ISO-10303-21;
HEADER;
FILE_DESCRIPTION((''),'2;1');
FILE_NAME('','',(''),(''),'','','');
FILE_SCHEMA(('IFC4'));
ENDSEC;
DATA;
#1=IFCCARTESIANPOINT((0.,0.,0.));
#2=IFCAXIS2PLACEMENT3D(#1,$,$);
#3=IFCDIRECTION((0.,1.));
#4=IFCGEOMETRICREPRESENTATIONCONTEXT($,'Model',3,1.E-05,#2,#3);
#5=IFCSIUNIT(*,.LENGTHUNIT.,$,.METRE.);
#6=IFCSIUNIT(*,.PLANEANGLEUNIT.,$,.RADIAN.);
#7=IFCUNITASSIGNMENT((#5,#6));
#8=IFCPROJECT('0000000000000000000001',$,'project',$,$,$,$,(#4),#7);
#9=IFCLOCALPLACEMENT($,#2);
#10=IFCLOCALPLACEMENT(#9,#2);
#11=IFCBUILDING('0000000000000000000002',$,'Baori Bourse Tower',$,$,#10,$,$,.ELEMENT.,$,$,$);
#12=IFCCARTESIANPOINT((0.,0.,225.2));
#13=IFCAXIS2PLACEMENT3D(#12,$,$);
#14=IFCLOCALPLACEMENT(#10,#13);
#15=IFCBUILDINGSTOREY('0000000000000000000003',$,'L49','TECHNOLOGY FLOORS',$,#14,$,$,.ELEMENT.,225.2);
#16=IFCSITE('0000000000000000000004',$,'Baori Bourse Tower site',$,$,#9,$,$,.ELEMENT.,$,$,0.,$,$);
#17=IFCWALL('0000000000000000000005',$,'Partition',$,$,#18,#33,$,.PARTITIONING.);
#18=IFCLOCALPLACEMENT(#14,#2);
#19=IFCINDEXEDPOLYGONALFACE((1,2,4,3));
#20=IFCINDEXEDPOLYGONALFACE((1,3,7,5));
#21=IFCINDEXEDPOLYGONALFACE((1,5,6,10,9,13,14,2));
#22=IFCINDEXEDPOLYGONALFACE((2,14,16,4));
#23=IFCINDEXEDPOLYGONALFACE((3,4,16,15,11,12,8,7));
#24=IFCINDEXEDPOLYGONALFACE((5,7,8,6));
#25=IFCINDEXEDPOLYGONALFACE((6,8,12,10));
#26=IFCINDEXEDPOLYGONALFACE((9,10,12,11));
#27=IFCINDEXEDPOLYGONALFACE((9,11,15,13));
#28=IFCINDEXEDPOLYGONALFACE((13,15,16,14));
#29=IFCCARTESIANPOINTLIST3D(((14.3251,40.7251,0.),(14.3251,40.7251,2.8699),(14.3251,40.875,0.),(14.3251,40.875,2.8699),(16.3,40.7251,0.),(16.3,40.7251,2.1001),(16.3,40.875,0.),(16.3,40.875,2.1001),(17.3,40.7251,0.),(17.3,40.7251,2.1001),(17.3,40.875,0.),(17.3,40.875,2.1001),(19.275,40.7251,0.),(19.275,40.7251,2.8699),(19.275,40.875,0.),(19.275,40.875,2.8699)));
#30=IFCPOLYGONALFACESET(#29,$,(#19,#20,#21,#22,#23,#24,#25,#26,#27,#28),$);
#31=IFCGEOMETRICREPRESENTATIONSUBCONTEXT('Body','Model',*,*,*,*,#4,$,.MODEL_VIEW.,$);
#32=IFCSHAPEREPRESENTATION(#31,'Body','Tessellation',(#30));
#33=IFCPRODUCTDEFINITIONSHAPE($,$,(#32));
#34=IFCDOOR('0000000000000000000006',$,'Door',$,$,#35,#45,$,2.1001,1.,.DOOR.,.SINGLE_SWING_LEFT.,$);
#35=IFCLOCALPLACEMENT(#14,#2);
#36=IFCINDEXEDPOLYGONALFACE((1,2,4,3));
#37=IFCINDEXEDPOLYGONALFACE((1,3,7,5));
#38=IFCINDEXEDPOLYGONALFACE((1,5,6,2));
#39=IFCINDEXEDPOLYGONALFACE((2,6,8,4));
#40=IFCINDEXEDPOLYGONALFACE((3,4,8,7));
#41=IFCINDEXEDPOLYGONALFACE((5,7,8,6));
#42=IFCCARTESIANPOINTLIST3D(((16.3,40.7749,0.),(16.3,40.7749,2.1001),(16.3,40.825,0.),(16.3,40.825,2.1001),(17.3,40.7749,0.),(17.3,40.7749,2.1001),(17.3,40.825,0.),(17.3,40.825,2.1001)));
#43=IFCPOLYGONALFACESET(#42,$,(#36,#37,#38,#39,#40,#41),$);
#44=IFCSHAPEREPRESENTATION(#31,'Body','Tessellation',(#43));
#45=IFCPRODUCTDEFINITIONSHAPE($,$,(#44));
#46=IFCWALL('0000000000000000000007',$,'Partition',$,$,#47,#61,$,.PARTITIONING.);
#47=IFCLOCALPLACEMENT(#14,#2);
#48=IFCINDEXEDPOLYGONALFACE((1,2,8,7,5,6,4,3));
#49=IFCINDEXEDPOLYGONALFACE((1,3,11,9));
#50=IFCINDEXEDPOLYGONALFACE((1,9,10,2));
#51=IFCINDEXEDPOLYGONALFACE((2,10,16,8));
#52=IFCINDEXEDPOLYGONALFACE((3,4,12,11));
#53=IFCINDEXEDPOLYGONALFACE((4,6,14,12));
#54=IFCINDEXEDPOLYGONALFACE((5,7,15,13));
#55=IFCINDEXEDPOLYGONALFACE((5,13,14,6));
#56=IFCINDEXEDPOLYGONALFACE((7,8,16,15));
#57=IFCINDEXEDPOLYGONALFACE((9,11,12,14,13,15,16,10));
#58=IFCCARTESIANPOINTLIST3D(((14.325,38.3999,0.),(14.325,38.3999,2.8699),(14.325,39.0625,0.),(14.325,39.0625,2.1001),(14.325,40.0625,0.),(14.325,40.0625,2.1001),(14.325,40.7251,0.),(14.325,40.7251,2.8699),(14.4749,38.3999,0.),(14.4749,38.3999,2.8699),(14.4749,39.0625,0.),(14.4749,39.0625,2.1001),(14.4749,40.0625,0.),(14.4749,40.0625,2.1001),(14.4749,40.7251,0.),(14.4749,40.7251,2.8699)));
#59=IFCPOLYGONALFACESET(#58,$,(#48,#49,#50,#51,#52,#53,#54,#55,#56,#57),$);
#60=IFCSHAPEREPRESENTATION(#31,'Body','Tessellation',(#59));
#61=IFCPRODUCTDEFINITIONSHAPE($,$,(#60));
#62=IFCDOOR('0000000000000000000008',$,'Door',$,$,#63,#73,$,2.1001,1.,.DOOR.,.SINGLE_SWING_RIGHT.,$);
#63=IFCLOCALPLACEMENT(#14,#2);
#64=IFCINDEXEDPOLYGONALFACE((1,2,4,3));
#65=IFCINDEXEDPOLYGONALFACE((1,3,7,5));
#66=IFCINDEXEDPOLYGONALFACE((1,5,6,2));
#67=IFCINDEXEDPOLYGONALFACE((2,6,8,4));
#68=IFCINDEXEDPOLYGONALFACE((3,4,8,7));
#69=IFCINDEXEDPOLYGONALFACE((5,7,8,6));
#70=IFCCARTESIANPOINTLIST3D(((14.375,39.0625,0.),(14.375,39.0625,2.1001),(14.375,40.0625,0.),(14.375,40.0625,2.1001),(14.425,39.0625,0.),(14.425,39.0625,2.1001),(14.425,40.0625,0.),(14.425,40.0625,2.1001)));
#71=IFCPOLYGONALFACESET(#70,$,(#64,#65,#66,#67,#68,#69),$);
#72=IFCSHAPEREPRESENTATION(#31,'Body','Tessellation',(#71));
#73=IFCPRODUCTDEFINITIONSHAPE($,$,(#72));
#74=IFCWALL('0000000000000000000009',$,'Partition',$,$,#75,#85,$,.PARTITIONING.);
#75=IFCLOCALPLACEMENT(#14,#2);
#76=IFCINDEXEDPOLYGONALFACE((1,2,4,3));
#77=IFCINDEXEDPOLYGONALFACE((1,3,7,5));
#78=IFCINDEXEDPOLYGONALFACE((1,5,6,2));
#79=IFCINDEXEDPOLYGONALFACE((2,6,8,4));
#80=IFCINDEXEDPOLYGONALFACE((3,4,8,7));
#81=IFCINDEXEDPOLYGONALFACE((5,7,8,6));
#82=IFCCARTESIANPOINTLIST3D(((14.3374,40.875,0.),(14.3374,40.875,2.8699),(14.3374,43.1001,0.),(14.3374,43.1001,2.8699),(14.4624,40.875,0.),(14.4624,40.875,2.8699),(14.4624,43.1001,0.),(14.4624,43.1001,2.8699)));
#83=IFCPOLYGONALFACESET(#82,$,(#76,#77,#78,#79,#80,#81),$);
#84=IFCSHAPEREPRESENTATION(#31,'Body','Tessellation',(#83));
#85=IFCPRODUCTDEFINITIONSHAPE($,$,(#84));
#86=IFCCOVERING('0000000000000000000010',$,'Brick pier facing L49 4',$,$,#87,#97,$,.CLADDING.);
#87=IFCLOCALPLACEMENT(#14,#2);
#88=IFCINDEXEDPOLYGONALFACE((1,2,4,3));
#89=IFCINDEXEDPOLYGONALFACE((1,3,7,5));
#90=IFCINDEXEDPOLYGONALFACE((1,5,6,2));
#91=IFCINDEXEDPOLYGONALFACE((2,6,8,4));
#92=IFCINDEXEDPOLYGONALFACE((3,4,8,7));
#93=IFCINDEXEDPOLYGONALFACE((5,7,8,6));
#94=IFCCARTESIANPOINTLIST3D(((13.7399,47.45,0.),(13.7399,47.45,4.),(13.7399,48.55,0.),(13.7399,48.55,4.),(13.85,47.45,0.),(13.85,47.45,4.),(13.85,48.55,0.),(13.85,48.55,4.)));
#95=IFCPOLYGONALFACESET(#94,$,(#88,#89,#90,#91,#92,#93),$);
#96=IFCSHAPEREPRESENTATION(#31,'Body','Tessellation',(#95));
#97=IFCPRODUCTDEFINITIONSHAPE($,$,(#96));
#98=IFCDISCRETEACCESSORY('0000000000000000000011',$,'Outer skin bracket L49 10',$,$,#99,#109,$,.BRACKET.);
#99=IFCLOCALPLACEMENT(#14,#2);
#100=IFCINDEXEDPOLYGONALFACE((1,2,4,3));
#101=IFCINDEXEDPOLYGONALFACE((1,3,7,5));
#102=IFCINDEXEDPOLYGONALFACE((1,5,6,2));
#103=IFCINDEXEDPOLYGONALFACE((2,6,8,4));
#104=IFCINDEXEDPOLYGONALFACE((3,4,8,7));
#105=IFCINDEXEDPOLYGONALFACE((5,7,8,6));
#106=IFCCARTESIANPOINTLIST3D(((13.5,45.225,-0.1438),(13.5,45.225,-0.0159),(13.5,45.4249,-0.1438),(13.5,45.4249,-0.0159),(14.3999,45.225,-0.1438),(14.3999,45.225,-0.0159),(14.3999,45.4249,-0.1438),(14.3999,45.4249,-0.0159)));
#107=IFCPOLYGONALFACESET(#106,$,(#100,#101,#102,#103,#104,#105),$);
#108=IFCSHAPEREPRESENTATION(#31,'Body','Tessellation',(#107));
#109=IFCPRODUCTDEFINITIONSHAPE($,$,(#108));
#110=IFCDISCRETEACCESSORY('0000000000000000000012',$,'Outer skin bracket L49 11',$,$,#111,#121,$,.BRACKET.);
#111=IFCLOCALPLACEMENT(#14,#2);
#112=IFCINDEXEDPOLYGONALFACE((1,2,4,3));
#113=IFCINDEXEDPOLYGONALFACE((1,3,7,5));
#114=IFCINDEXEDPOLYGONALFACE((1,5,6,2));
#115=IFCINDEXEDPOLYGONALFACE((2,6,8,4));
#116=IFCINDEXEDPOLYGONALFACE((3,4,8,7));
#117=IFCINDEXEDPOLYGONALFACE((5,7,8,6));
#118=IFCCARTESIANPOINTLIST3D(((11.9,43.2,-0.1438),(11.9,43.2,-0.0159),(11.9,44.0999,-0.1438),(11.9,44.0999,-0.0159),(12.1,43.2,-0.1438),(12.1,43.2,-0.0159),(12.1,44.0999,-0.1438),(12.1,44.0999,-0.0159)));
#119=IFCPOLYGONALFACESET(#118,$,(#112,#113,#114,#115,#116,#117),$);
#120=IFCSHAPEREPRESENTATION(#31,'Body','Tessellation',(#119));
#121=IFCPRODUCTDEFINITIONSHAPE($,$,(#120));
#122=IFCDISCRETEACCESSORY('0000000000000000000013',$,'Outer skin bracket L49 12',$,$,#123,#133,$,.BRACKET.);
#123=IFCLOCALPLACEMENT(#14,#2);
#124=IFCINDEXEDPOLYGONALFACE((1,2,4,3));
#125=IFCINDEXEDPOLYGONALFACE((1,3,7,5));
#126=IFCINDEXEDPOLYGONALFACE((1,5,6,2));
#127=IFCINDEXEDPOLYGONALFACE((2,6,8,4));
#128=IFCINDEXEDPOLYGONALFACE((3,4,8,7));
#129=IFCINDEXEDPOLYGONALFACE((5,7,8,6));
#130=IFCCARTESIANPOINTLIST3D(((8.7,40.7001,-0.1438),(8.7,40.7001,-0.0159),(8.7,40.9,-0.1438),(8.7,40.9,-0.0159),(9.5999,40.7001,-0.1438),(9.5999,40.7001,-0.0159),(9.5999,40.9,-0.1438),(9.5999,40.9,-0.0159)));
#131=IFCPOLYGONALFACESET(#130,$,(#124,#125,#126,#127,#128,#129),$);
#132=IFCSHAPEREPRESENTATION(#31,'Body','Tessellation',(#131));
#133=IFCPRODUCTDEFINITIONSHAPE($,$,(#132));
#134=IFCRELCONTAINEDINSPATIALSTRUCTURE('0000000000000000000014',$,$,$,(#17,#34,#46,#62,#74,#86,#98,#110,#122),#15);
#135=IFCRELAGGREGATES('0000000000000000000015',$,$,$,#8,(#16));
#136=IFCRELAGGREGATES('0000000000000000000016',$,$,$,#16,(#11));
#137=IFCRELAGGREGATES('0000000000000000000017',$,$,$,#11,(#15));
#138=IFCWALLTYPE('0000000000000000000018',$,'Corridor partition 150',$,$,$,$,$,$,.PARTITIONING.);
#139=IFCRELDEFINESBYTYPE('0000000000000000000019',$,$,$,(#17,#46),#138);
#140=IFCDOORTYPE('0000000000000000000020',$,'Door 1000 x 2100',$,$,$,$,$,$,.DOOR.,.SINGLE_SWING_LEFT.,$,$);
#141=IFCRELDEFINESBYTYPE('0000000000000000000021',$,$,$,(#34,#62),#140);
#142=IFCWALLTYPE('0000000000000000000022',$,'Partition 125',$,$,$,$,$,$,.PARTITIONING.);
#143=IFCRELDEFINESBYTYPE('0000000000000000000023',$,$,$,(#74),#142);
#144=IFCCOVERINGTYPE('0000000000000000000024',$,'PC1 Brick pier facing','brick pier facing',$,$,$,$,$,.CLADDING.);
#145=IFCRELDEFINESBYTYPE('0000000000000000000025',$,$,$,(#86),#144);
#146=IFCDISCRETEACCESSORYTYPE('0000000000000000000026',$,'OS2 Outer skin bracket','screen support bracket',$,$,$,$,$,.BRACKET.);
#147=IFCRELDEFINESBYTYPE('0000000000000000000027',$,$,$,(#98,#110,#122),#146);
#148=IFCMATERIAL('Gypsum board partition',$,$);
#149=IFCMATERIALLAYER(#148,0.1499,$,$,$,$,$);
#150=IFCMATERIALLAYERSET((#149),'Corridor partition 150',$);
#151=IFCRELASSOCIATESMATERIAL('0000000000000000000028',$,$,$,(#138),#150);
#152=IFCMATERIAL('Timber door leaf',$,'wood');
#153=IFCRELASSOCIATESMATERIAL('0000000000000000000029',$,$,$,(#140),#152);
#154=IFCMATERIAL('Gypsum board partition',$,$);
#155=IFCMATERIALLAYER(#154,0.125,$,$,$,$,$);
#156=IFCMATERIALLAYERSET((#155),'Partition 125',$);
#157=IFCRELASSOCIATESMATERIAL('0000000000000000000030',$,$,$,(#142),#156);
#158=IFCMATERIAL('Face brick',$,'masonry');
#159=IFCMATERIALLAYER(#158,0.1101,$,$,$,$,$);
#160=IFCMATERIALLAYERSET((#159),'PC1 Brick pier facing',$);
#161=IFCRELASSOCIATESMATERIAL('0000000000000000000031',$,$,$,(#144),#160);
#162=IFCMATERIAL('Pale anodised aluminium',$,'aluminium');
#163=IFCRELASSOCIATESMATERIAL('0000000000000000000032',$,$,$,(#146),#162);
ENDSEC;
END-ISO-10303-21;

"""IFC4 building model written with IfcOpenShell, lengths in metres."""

from ifc_helpers import new_model, si_unit, direction, frame, frame_2d, origin, origin_2d, place, context, subcontext, project, spatial, rectangle, extrude, material, layer, layer_set, type_object, element, fill, save


model = new_model("IFC4")

# Units and contexts
model_context = context("Model", 3, precision=1e-05, world=origin(), true_north=direction((0.0, 1.0)))
body_context = subcontext(model_context, "Body", "Model", "MODEL_VIEW")
ifc_project = project(units=[si_unit("LENGTHUNIT", "METRE"), si_unit("PLANEANGLEUNIT", "RADIAN")], contexts=[model_context])

# Site, building, storey
site_placement = place(None, origin())
site = spatial("IfcSite", under=ifc_project, at=site_placement, Name="Baori Bourse Tower site", CompositionType="ELEMENT", RefElevation=0.0)
building_placement = place(site_placement, origin())
building = spatial("IfcBuilding", under=site, at=building_placement, Name="Baori Bourse Tower", CompositionType="ELEMENT")
storey_placement = place(building_placement, frame((0.0, 0.0, 225.2)))
storey = spatial("IfcBuildingStorey", under=building, at=storey_placement, Name="L49", Description="TECHNOLOGY FLOORS", CompositionType="ELEMENT", Elevation=225.2)

# Walls, openings, doors
ifc_material_1 = material(Name="Gypsum board partition")
ifc_layer_1 = layer(ifc_material_1, 0.1499)
ifc_layer_set_1 = layer_set([ifc_layer_1], Name="Corridor partition 150")
wall_type_1 = type_object("IfcWallType", Name="Corridor partition 150", PredefinedType="PARTITIONING", material=ifc_layer_set_1)
wall_1_placement = place(storey_placement, frame((14.325, 40.8, 0.0), z_axis=(0.0, 0.0, 1.0), x_axis=(1.0, 0.0, 0.0)))
wall_1 = element("IfcWall", 1, at=wall_1_placement, inside=storey, type_object=wall_type_1, Name="Partition", PredefinedType="PARTITIONING", context=body_context, shape_type="SweptSolid", body=[
    extrude(rectangle(XDim=4.95, YDim=0.1499, at=frame_2d((2.4751, 0.0))), origin(), (0.0, 0.0, 1.0), 2.8699),
])
opening_1_placement = place(wall_1_placement, frame((1.9751, 0.0, 0.0)))
opening_1 = element("IfcOpeningElement", 2, at=opening_1_placement, cuts=wall_1, PredefinedType="OPENING", context=body_context, shape_type="SweptSolid", body=[
    extrude(rectangle(XDim=1.0, YDim=2.1001, at=frame_2d((0.5, 1.05))), frame((0.0, 0.085, 0.0), z_axis=(0.0, -1.0, 0.0), x_axis=(1.0, 0.0, 0.0)), (0.0, 0.0, 1.0), 0.1699),
])
ifc_material_2 = material(Name="Timber door leaf", Category="wood")
door_type = type_object("IfcDoorType", Name="Door 1000 x 2100", OperationType="SINGLE_SWING_LEFT", PredefinedType="DOOR", material=ifc_material_2)
door_1_placement = place(opening_1_placement, origin())
door_1 = element("IfcDoor", 3, at=door_1_placement, inside=storey, type_object=door_type, Name="Door", OperationType="SINGLE_SWING_LEFT", OverallHeight=2.1001, OverallWidth=1.0, PredefinedType="DOOR", context=body_context, shape_type="SweptSolid", body=[
    extrude(rectangle(XDim=1.0, YDim=2.1001, at=frame_2d((0.5, 1.05))), frame((0.0, 0.0249, 0.0), z_axis=(0.0, -1.0, 0.0), x_axis=(1.0, 0.0, 0.0)), (0.0, 0.0, 1.0), 0.05),
])
fill(opening_1, door_1)
wall_2_placement = place(storey_placement, frame((14.3999, 38.3999, 0.0), z_axis=(0.0, 0.0, 1.0), x_axis=(0.0, 1.0, 0.0)))
wall_2 = element("IfcWall", 4, at=wall_2_placement, inside=storey, type_object=wall_type_1, Name="Partition", PredefinedType="PARTITIONING", context=body_context, shape_type="SweptSolid", body=[
    extrude(rectangle(XDim=2.3252, YDim=0.1499, at=frame_2d((1.1626, 0.0))), origin(), (0.0, 0.0, 1.0), 2.8699),
])
opening_2_placement = place(wall_2_placement, frame((0.6626, 0.0, 0.0)))
opening_2 = element("IfcOpeningElement", 5, at=opening_2_placement, cuts=wall_2, PredefinedType="OPENING", context=body_context, shape_type="SweptSolid", body=[
    extrude(rectangle(XDim=1.0, YDim=2.1001, at=frame_2d((0.5, 1.05))), frame((0.0, 0.085, 0.0), z_axis=(0.0, -1.0, 0.0), x_axis=(1.0, 0.0, 0.0)), (0.0, 0.0, 1.0), 0.1699),
])
door_2_placement = place(opening_2_placement, origin())
door_2 = element("IfcDoor", 6, at=door_2_placement, inside=storey, type_object=door_type, Name="Door", OperationType="SINGLE_SWING_RIGHT", OverallHeight=2.1001, OverallWidth=1.0, PredefinedType="DOOR", context=body_context, shape_type="SweptSolid", body=[
    extrude(rectangle(XDim=1.0, YDim=2.1001, at=frame_2d((0.5, 1.05))), frame((0.0, 0.0249, 0.0), z_axis=(0.0, -1.0, 0.0), x_axis=(1.0, 0.0, 0.0)), (0.0, 0.0, 1.0), 0.05),
])
fill(opening_2, door_2)

# Wall
ifc_material_3 = material(Name="Gypsum board partition")
ifc_layer_2 = layer(ifc_material_3, 0.125)
ifc_layer_set_2 = layer_set([ifc_layer_2], Name="Partition 125")
wall_type_2 = type_object("IfcWallType", Name="Partition 125", PredefinedType="PARTITIONING", material=ifc_layer_set_2)
wall_3_placement = place(storey_placement, frame((14.3999, 40.875, 0.0), z_axis=(0.0, 0.0, 1.0), x_axis=(0.0, 1.0, 0.0)))
element("IfcWall", 7, at=wall_3_placement, inside=storey, type_object=wall_type_2, Name="Partition", PredefinedType="PARTITIONING", context=body_context, shape_type="SweptSolid", body=[
    extrude(rectangle(XDim=2.2251, YDim=0.125, at=frame_2d((1.1125, 0.0))), origin(), (0.0, 0.0, 1.0), 2.8699),
])

# Covering
ifc_material_4 = material(Name="Face brick", Category="masonry")
ifc_layer_3 = layer(ifc_material_4, 0.1101)
ifc_layer_set_3 = layer_set([ifc_layer_3], Name="PC1 Brick pier facing")
covering_type = type_object("IfcCoveringType", Name="PC1 Brick pier facing", Description="brick pier facing", PredefinedType="CLADDING", material=ifc_layer_set_3)
covering_placement = place(storey_placement, frame((13.7949, 48.0, 0.0), z_axis=(0.0, 0.0, 1.0), x_axis=(1.0, 0.0, 0.0)))
element("IfcCovering", 8, at=covering_placement, inside=storey, type_object=covering_type, Name="Brick pier facing L49 4", PredefinedType="CLADDING", context=body_context, shape_type="SweptSolid", body=[
    extrude(rectangle(XDim=0.1101, YDim=1.1001, at=origin_2d()), origin(), (0.0, 0.0, 1.0), 4.0),
])

# Discrete accessories
ifc_material_5 = material(Name="Pale anodised aluminium", Category="aluminium")
discrete_accessory_type = type_object("IfcDiscreteAccessoryType", Name="OS2 Outer skin bracket", Description="screen support bracket", PredefinedType="BRACKET", material=ifc_material_5)
for number, where, z_axis, x_axis, name in (
    (9, (13.95, 45.325, -0.1438), (0.0, 0.0, 1.0), (0.0, -1.0, 0.0), "Outer skin bracket L49 10"),
    (10, (12.0, 43.6499, -0.1438), (0.0, 0.0, 1.0), (-1.0, 0.0, 0.0), "Outer skin bracket L49 11"),
    (11, (9.1499, 40.8, -0.1438), (0.0, 0.0, 1.0), (0.0, -1.0, 0.0), "Outer skin bracket L49 12"),
):
    element("IfcDiscreteAccessory", number, at=place(storey_placement, frame(where, z_axis=z_axis, x_axis=x_axis)), inside=storey, type_object=discrete_accessory_type, Name=name, PredefinedType="BRACKET", context=body_context, shape_type="SweptSolid", body=[
        extrude(rectangle(XDim=0.2, YDim=0.8999, at=origin_2d()), origin(), (0.0, 0.0, 1.0), 0.1279),
    ])

save(model, "model.ifc")
